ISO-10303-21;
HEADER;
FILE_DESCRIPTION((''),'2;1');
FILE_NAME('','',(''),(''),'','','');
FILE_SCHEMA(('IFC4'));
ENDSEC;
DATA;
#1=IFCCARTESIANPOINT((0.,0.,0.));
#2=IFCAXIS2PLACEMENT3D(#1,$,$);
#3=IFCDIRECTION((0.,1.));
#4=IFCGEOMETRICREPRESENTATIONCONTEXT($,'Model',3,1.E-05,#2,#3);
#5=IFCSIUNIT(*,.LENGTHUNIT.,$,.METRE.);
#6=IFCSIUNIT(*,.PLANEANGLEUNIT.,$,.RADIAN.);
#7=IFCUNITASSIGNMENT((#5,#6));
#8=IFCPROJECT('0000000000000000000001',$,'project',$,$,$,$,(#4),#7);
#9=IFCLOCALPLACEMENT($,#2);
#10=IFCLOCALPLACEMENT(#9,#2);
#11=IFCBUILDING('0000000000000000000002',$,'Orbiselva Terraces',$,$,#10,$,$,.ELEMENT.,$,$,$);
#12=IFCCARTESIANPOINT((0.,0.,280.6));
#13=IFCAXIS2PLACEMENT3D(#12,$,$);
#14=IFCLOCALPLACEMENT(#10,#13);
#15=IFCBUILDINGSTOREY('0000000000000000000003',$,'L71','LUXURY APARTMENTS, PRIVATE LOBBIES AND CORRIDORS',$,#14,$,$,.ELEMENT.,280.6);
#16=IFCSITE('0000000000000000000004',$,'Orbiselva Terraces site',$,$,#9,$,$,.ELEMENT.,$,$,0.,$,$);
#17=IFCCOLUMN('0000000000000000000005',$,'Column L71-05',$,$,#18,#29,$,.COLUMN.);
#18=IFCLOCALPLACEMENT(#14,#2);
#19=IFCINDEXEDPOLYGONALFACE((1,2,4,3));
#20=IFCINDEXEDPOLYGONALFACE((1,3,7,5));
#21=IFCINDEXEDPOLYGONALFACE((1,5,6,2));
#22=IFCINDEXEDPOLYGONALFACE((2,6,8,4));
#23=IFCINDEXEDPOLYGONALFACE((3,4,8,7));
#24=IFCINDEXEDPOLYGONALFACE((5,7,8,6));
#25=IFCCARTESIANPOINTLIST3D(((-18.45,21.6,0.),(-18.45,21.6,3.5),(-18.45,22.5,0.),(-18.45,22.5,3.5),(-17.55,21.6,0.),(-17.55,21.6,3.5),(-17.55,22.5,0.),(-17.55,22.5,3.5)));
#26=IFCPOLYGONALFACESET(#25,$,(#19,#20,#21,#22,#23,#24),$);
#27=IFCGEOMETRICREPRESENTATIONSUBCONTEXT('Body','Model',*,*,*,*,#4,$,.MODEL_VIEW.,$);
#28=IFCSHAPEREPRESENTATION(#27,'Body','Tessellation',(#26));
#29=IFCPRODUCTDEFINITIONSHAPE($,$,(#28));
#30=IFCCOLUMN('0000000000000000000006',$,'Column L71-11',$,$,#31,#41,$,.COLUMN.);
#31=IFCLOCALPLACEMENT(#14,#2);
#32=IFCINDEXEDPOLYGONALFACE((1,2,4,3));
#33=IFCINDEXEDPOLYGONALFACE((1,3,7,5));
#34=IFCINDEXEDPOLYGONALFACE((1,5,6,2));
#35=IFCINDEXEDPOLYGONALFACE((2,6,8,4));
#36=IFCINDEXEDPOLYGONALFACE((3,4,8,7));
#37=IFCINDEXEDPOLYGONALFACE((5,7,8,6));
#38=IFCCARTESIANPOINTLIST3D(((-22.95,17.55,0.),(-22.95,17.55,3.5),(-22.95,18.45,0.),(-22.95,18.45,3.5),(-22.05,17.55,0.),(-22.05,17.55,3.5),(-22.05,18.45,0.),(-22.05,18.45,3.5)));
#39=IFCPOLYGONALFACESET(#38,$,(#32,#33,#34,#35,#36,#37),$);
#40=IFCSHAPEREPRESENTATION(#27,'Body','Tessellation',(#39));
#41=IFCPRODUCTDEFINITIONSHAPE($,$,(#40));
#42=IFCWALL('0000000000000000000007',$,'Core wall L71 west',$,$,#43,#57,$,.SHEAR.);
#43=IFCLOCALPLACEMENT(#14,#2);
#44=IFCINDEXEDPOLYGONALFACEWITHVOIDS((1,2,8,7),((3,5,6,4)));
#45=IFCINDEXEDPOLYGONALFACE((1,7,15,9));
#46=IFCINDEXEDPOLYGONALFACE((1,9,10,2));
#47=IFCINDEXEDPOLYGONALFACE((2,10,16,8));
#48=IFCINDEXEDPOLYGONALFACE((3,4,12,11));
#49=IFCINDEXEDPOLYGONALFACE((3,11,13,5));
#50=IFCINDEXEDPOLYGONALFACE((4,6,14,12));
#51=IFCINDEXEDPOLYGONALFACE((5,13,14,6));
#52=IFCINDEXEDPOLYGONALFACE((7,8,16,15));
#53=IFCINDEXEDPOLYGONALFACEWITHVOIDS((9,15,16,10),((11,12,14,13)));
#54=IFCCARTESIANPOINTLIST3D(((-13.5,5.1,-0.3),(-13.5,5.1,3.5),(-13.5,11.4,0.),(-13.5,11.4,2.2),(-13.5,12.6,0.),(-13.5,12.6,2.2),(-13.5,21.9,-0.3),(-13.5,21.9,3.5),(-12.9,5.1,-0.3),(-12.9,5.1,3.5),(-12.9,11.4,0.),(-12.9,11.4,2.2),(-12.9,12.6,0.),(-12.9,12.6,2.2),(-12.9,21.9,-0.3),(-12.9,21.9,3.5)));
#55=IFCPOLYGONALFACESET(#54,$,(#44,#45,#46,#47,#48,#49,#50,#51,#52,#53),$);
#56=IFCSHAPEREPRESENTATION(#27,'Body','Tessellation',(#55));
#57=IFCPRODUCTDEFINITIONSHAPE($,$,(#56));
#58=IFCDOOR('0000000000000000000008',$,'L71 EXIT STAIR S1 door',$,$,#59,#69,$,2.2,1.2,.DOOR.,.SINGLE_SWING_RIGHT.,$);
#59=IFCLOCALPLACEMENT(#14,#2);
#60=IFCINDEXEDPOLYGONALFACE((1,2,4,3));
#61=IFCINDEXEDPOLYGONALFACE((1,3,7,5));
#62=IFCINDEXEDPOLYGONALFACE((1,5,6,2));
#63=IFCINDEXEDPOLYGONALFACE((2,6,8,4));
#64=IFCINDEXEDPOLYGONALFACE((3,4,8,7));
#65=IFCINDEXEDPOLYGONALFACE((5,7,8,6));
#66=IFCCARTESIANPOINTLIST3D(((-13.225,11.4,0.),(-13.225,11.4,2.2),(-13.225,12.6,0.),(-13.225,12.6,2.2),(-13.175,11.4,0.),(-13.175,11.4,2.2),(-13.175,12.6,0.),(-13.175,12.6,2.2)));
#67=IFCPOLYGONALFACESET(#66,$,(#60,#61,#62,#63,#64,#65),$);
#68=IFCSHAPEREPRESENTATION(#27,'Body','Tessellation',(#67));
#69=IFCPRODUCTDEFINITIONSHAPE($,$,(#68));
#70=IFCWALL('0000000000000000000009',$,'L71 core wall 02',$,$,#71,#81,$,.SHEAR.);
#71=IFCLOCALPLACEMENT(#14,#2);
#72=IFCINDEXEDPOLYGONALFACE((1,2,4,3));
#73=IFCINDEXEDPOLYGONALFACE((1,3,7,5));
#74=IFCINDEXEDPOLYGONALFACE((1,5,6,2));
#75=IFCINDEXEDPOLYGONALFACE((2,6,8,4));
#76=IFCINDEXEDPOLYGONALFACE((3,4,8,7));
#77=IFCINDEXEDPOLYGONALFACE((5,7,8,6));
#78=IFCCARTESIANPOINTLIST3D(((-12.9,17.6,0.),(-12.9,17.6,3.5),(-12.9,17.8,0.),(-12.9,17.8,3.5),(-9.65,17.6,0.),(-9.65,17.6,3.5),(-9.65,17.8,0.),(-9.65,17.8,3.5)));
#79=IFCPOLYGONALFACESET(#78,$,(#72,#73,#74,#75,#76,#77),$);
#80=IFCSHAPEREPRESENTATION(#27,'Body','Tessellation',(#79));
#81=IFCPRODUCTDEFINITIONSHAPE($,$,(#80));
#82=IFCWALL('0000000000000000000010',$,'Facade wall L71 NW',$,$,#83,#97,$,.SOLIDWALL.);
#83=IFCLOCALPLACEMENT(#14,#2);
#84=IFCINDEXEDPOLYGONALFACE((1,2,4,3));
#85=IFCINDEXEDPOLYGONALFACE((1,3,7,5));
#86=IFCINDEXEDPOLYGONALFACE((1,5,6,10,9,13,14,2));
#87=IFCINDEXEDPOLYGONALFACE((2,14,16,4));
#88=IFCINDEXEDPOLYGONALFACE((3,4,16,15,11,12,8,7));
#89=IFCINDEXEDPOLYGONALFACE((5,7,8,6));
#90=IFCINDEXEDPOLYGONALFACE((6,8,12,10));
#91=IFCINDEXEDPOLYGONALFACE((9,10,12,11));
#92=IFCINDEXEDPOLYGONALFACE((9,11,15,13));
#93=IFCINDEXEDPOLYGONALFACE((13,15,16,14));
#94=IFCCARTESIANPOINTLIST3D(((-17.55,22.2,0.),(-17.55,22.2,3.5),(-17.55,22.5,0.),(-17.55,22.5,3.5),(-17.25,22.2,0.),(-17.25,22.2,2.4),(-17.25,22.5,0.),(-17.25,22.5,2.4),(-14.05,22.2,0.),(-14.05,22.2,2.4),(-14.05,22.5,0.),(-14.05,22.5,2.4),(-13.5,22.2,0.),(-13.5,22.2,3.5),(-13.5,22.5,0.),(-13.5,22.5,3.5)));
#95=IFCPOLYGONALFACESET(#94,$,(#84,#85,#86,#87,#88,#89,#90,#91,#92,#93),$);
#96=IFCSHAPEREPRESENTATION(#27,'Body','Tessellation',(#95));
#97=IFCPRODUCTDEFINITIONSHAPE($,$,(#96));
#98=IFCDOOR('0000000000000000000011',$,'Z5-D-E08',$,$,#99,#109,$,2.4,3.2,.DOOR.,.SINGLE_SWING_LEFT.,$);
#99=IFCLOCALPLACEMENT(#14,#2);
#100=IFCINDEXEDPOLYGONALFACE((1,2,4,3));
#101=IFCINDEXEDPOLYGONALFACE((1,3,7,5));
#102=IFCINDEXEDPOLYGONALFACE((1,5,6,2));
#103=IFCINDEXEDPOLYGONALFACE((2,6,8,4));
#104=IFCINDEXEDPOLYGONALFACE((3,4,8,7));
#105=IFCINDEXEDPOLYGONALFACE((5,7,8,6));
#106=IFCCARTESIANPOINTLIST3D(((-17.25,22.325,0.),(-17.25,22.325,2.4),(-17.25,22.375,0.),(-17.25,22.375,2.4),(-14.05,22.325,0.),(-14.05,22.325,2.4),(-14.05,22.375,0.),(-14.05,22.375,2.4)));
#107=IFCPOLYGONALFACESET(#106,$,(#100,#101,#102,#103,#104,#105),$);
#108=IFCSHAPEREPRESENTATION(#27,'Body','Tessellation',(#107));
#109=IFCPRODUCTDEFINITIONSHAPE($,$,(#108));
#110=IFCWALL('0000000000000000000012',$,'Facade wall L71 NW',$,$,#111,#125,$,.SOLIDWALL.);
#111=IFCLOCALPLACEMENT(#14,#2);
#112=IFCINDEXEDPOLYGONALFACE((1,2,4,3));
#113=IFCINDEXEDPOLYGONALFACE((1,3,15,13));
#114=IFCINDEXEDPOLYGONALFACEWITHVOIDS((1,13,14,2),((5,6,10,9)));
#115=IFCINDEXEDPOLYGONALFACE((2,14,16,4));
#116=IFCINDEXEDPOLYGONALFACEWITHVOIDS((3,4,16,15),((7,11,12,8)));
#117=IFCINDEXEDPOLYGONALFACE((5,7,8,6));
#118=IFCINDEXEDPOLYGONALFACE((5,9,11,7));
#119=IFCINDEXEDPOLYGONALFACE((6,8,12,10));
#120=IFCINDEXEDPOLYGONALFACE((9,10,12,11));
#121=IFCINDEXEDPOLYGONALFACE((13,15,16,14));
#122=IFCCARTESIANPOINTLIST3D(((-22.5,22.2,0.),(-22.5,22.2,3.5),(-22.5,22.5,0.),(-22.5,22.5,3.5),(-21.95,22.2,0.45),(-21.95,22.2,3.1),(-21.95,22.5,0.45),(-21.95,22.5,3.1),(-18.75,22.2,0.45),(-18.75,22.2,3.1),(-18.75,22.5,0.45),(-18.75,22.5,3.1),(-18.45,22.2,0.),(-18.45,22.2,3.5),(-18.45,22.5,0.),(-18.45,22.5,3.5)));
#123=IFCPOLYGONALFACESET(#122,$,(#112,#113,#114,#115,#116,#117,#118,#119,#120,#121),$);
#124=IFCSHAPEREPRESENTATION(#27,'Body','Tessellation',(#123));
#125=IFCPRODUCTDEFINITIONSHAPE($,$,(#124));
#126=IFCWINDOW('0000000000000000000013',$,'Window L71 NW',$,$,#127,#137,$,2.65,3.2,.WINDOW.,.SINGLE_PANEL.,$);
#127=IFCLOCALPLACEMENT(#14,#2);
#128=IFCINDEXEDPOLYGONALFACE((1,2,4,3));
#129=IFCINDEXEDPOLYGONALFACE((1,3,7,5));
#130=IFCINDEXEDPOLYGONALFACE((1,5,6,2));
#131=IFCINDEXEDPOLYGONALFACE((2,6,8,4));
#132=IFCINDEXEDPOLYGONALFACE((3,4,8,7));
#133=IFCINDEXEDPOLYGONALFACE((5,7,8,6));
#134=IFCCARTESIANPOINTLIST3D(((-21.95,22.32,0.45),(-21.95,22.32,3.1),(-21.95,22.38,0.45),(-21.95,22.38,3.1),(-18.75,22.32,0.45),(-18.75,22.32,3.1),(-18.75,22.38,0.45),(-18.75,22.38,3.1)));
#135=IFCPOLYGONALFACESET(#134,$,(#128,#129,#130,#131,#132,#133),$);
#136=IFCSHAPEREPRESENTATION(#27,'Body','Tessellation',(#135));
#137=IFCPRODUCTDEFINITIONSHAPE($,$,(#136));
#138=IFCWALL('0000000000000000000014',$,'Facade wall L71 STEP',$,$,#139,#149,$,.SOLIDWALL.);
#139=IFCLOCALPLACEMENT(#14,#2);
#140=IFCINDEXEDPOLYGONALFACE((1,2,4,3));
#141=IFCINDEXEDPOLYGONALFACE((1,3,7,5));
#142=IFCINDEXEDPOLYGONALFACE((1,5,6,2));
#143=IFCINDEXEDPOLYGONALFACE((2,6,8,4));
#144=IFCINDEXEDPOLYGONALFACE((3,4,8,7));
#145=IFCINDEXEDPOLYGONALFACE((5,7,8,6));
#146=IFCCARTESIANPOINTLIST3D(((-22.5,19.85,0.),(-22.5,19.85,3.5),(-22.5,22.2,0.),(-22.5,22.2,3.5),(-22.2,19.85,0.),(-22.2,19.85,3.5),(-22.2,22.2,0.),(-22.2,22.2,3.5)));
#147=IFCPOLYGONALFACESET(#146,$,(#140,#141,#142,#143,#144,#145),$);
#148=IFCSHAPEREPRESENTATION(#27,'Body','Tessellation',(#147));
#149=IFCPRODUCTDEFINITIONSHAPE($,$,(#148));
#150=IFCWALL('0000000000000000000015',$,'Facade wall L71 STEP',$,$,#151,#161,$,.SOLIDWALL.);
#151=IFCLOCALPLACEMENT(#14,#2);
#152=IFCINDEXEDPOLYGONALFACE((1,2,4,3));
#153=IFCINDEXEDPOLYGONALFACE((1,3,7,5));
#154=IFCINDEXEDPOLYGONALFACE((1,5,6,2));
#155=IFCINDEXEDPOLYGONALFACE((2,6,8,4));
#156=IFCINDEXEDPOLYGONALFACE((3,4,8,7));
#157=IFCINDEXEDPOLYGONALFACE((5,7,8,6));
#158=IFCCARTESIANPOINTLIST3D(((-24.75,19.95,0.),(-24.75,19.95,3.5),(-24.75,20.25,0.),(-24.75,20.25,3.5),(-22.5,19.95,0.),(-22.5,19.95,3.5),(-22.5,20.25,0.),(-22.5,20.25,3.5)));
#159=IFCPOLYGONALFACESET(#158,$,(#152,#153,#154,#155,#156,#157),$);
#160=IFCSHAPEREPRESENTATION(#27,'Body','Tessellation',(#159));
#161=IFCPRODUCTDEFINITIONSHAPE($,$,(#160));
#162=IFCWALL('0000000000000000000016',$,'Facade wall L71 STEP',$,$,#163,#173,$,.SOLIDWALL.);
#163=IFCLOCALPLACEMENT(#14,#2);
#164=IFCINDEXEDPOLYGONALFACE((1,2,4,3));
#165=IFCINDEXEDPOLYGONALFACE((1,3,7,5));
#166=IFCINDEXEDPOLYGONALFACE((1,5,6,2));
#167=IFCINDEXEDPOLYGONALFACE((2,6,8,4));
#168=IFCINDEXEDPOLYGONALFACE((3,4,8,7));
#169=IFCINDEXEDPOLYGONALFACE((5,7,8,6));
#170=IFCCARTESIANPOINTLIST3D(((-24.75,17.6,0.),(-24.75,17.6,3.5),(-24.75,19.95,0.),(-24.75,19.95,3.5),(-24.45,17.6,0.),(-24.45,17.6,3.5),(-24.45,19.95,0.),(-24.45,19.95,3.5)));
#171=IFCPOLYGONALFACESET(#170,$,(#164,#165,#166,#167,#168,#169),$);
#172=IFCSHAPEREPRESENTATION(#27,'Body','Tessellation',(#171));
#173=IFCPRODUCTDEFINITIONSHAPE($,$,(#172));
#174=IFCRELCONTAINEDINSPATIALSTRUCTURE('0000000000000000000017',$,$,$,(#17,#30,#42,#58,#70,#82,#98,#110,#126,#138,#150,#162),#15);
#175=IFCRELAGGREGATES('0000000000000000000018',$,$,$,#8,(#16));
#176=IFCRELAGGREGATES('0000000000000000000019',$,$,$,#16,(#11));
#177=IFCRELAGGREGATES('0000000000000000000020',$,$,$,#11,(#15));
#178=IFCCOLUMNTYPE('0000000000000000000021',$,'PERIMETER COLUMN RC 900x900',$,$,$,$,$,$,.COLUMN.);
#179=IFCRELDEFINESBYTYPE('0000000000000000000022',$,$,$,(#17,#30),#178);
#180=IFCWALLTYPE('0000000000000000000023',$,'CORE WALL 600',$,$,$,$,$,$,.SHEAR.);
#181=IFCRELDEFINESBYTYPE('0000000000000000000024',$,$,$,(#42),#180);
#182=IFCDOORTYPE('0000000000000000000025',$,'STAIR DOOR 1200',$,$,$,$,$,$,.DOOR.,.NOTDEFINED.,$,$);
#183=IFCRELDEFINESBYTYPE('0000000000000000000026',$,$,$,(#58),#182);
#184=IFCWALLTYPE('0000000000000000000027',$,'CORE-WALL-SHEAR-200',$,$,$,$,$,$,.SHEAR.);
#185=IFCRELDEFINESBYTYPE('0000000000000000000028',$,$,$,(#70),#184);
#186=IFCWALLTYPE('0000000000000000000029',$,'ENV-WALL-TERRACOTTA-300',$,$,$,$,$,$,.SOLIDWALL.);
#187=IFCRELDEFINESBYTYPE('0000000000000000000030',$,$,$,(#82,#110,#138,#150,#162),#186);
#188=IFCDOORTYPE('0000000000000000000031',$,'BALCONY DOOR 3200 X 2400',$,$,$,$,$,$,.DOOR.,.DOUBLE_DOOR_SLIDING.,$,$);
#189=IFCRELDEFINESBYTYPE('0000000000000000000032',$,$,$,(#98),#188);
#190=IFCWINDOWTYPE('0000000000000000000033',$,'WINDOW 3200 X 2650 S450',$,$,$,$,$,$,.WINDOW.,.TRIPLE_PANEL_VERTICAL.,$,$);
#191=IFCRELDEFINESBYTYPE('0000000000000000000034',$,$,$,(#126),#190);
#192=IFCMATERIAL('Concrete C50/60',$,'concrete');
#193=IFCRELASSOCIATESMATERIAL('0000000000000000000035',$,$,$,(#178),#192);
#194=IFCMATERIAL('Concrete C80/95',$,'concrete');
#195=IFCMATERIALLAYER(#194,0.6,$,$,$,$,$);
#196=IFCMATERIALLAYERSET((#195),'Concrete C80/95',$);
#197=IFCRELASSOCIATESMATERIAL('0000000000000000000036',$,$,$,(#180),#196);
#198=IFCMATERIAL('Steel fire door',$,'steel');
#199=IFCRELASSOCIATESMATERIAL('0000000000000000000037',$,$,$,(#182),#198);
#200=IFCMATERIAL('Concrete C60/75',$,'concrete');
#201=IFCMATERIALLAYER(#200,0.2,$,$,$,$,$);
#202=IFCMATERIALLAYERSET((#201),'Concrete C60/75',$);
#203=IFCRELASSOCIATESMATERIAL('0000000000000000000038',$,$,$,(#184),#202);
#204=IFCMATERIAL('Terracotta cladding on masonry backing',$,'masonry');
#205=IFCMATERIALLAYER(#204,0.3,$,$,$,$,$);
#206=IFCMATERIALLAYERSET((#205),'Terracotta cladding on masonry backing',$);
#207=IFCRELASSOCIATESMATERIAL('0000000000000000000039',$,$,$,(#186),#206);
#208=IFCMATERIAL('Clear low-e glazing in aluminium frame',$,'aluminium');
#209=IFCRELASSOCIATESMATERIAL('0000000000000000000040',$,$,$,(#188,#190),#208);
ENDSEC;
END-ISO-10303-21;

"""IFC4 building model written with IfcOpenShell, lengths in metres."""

from ifc_helpers import new_model, si_unit, direction, frame, frame_2d, origin, origin_2d, place, context, subcontext, project, spatial, rectangle, extrude, material, layer, layer_set, material_profile, profile_set, type_object, element, fill, save


model = new_model("IFC4")

# Units and contexts
model_context = context("Model", 3, precision=1e-05, world=origin(), true_north=direction((0.0, 1.0)))
body_context = subcontext(model_context, "Body", "Model", "MODEL_VIEW")
ifc_project = project(units=[si_unit("LENGTHUNIT", "METRE"), si_unit("PLANEANGLEUNIT", "RADIAN")], contexts=[model_context])

# Site, building, storey
site_placement = place(None, origin())
site = spatial("IfcSite", under=ifc_project, at=site_placement, Name="Orbiselva Terraces site", CompositionType="ELEMENT", RefElevation=0.0)
building_placement = place(site_placement, origin())
building = spatial("IfcBuilding", under=site, at=building_placement, Name="Orbiselva Terraces", CompositionType="ELEMENT")
storey_placement = place(building_placement, frame((0.0, 0.0, 280.6)))
storey = spatial("IfcBuildingStorey", under=building, at=storey_placement, Name="L71", Description="LUXURY APARTMENTS, PRIVATE LOBBIES AND CORRIDORS", CompositionType="ELEMENT", Elevation=280.6)

# Columns
ifc_material_1 = material(Name="Concrete C50/60", Category="concrete")
ifc_material_profile = material_profile(ifc_material_1, rectangle(XDim=0.9, YDim=0.9, at=origin_2d()), Name="RC 900x900")
ifc_profile_set = profile_set([ifc_material_profile], Name="Concrete C50/60")
column_type = type_object("IfcColumnType", Name="PERIMETER COLUMN RC 900x900", PredefinedType="COLUMN", material=ifc_profile_set)
for number, where, z_axis, x_axis, name in (
    (1, (-18.0, 22.05, 0.0), (0.0, 0.0, 1.0), (1.0, 0.0, 0.0), "Column L71-05"),
    (2, (-22.5, 18.0, 0.0), (0.0, 0.0, 1.0), (1.0, 0.0, 0.0), "Column L71-11"),
):
    element("IfcColumn", number, at=place(storey_placement, frame(where, z_axis=z_axis, x_axis=x_axis)), inside=storey, type_object=column_type, Name=name, PredefinedType="COLUMN", context=body_context, shape_type="SweptSolid", body=[
        extrude(rectangle(XDim=0.9, YDim=0.9, at=origin_2d()), origin(), (0.0, 0.0, 1.0), 3.5),
    ])

# Wall, opening, door
ifc_material_2 = material(Name="Concrete C80/95", Category="concrete")
ifc_layer_1 = layer(ifc_material_2, 0.6)
ifc_layer_set_1 = layer_set([ifc_layer_1], Name="Concrete C80/95")
wall_type_1 = type_object("IfcWallType", Name="CORE WALL 600", PredefinedType="SHEAR", material=ifc_layer_set_1)
wall_1_placement = place(storey_placement, frame((-13.2, 21.9, -0.3), z_axis=(0.0, 0.0, 1.0), x_axis=(0.0, -1.0, 0.0)))
wall_1 = element("IfcWall", 3, at=wall_1_placement, inside=storey, type_object=wall_type_1, Name="Core wall L71 west", PredefinedType="SHEAR", context=body_context, shape_type="SweptSolid", body=[
    extrude(rectangle(XDim=16.8, YDim=0.6, at=frame_2d((8.4, 0.0))), origin(), (0.0, 0.0, 1.0), 3.8),
])
opening_1_placement = place(wall_1_placement, frame((9.3, 0.0, 0.3)))
opening_1 = element("IfcOpeningElement", 4, at=opening_1_placement, cuts=wall_1, PredefinedType="OPENING", context=body_context, shape_type="SweptSolid", body=[
    extrude(rectangle(XDim=1.2, YDim=2.2, at=frame_2d((0.6, 1.1))), frame((0.0, 0.31, 0.0), z_axis=(0.0, -1.0, 0.0), x_axis=(1.0, 0.0, 0.0)), (0.0, 0.0, 1.0), 0.62),
])
ifc_material_3 = material(Name="Steel fire door", Category="steel")
door_type_1 = type_object("IfcDoorType", Name="STAIR DOOR 1200", OperationType="NOTDEFINED", PredefinedType="DOOR", material=ifc_material_3)
door_1_placement = place(opening_1_placement, frame((1.2, 0.0, 0.0), z_axis=(0.0, 0.0, 1.0), x_axis=(-1.0, 0.0, 0.0)))
door_1 = element("IfcDoor", 5, at=door_1_placement, inside=storey, type_object=door_type_1, Name="L71 EXIT STAIR S1 door", OperationType="SINGLE_SWING_RIGHT", OverallHeight=2.2, OverallWidth=1.2, PredefinedType="DOOR", context=body_context, shape_type="SweptSolid", body=[
    extrude(rectangle(XDim=1.2, YDim=2.2, at=frame_2d((0.6, 1.1))), frame((0.0, 0.025, 0.0), z_axis=(0.0, -1.0, 0.0), x_axis=(1.0, 0.0, 0.0)), (0.0, 0.0, 1.0), 0.05),
])
fill(opening_1, door_1)

# Wall
ifc_material_4 = material(Name="Concrete C60/75", Category="concrete")
ifc_layer_2 = layer(ifc_material_4, 0.2)
ifc_layer_set_2 = layer_set([ifc_layer_2], Name="Concrete C60/75")
wall_type_2 = type_object("IfcWallType", Name="CORE-WALL-SHEAR-200", PredefinedType="SHEAR", material=ifc_layer_set_2)
wall_2_placement = place(storey_placement, frame((-12.9, 17.7, 0.0), z_axis=(0.0, 0.0, 1.0), x_axis=(1.0, 0.0, 0.0)))
element("IfcWall", 6, at=wall_2_placement, inside=storey, type_object=wall_type_2, Name="L71 core wall 02", PredefinedType="SHEAR", context=body_context, shape_type="SweptSolid", body=[
    extrude(rectangle(XDim=3.25, YDim=0.2, at=frame_2d((1.625, 0.0))), origin(), (0.0, 0.0, 1.0), 3.5),
])

# Wall, opening, door
ifc_material_5 = material(Name="Terracotta cladding on masonry backing", Category="masonry")
ifc_layer_3 = layer(ifc_material_5, 0.3)
ifc_layer_set_3 = layer_set([ifc_layer_3], Name="Terracotta cladding on masonry backing")
wall_type_3 = type_object("IfcWallType", Name="ENV-WALL-TERRACOTTA-300", PredefinedType="SOLIDWALL", material=ifc_layer_set_3)
wall_3_placement = place(storey_placement, frame((-17.55, 22.35, 0.0), z_axis=(0.0, 0.0, 1.0), x_axis=(1.0, 0.0, 0.0)))
wall_3 = element("IfcWall", 7, at=wall_3_placement, inside=storey, type_object=wall_type_3, Name="Facade wall L71 NW", PredefinedType="SOLIDWALL", context=body_context, shape_type="SweptSolid", body=[
    extrude(rectangle(XDim=4.05, YDim=0.3, at=frame_2d((2.025, 0.0))), origin(), (0.0, 0.0, 1.0), 3.5),
])
opening_2_placement = place(wall_3_placement, frame((0.3, 0.0, 0.0)))
opening_2 = element("IfcOpeningElement", 8, at=opening_2_placement, cuts=wall_3, PredefinedType="OPENING", context=body_context, shape_type="SweptSolid", body=[
    extrude(rectangle(XDim=3.2, YDim=2.4, at=frame_2d((1.6, 1.2))), frame((0.0, 0.16, 0.0), z_axis=(0.0, -1.0, 0.0), x_axis=(1.0, 0.0, 0.0)), (0.0, 0.0, 1.0), 0.32),
])
ifc_material_6 = material(Name="Clear low-e glazing in aluminium frame", Category="aluminium")
door_type_2 = type_object("IfcDoorType", Name="BALCONY DOOR 3200 X 2400", OperationType="DOUBLE_DOOR_SLIDING", PredefinedType="DOOR", material=ifc_material_6)
door_2_placement = place(opening_2_placement, origin())
door_2 = element("IfcDoor", 9, at=door_2_placement, inside=storey, type_object=door_type_2, Name="Z5-D-E08", OperationType="SINGLE_SWING_LEFT", OverallHeight=2.4, OverallWidth=3.2, PredefinedType="DOOR", context=body_context, shape_type="SweptSolid", body=[
    extrude(rectangle(XDim=3.2, YDim=2.4, at=frame_2d((1.6, 1.2))), frame((0.0, 0.025, 0.0), z_axis=(0.0, -1.0, 0.0), x_axis=(1.0, 0.0, 0.0)), (0.0, 0.0, 1.0), 0.05),
])
fill(opening_2, door_2)

# Wall, opening, window
wall_4_placement = place(storey_placement, frame((-22.5, 22.35, 0.0), z_axis=(0.0, 0.0, 1.0), x_axis=(1.0, 0.0, 0.0)))
wall_4 = element("IfcWall", 10, at=wall_4_placement, inside=storey, type_object=wall_type_3, Name="Facade wall L71 NW", PredefinedType="SOLIDWALL", context=body_context, shape_type="SweptSolid", body=[
    extrude(rectangle(XDim=4.05, YDim=0.3, at=frame_2d((2.025, 0.0))), origin(), (0.0, 0.0, 1.0), 3.5),
])
opening_3_placement = place(wall_4_placement, frame((0.55, 0.0, 0.45)))
opening_3 = element("IfcOpeningElement", 11, at=opening_3_placement, cuts=wall_4, PredefinedType="OPENING", context=body_context, shape_type="SweptSolid", body=[
    extrude(rectangle(XDim=3.2, YDim=2.65, at=frame_2d((1.6, 1.325))), frame((0.0, 0.16, 0.0), z_axis=(0.0, -1.0, 0.0), x_axis=(1.0, 0.0, 0.0)), (0.0, 0.0, 1.0), 0.32),
])
window_type = type_object("IfcWindowType", Name="WINDOW 3200 X 2650 S450", PartitioningType="TRIPLE_PANEL_VERTICAL", PredefinedType="WINDOW", material=ifc_material_6)
window_placement = place(opening_3_placement, origin())
window = element("IfcWindow", 12, at=window_placement, inside=storey, type_object=window_type, Name="Window L71 NW", OverallHeight=2.65, OverallWidth=3.2, PartitioningType="SINGLE_PANEL", PredefinedType="WINDOW", context=body_context, shape_type="SweptSolid", body=[
    extrude(rectangle(XDim=3.2, YDim=2.65, at=frame_2d((1.6, 1.325))), frame((0.0, 0.03, 0.0), z_axis=(0.0, -1.0, 0.0), x_axis=(1.0, 0.0, 0.0)), (0.0, 0.0, 1.0), 0.06),
])
fill(opening_3, window)

# Walls
wall_5_placement = place(storey_placement, frame((-22.35, 19.85, 0.0), z_axis=(0.0, 0.0, 1.0), x_axis=(0.0, 1.0, 0.0)))
element("IfcWall", 13, at=wall_5_placement, inside=storey, type_object=wall_type_3, Name="Facade wall L71 STEP", PredefinedType="SOLIDWALL", context=body_context, shape_type="SweptSolid", body=[
    extrude(rectangle(XDim=2.35, YDim=0.3, at=frame_2d((1.175, 0.0))), origin(), (0.0, 0.0, 1.0), 3.5),
])
wall_6_placement = place(storey_placement, frame((-24.75, 20.1, 0.0), z_axis=(0.0, 0.0, 1.0), x_axis=(1.0, 0.0, 0.0)))
element("IfcWall", 14, at=wall_6_placement, inside=storey, type_object=wall_type_3, Name="Facade wall L71 STEP", PredefinedType="SOLIDWALL", context=body_context, shape_type="SweptSolid", body=[
    extrude(rectangle(XDim=2.25, YDim=0.3, at=frame_2d((1.125, 0.0))), origin(), (0.0, 0.0, 1.0), 3.5),
])
wall_7_placement = place(storey_placement, frame((-24.6, 17.6, 0.0), z_axis=(0.0, 0.0, 1.0), x_axis=(0.0, 1.0, 0.0)))
element("IfcWall", 15, at=wall_7_placement, inside=storey, type_object=wall_type_3, Name="Facade wall L71 STEP", PredefinedType="SOLIDWALL", context=body_context, shape_type="SweptSolid", body=[
    extrude(rectangle(XDim=2.35, YDim=0.3, at=frame_2d((1.175, 0.0))), origin(), (0.0, 0.0, 1.0), 3.5),
])

save(model, "model.ifc")
